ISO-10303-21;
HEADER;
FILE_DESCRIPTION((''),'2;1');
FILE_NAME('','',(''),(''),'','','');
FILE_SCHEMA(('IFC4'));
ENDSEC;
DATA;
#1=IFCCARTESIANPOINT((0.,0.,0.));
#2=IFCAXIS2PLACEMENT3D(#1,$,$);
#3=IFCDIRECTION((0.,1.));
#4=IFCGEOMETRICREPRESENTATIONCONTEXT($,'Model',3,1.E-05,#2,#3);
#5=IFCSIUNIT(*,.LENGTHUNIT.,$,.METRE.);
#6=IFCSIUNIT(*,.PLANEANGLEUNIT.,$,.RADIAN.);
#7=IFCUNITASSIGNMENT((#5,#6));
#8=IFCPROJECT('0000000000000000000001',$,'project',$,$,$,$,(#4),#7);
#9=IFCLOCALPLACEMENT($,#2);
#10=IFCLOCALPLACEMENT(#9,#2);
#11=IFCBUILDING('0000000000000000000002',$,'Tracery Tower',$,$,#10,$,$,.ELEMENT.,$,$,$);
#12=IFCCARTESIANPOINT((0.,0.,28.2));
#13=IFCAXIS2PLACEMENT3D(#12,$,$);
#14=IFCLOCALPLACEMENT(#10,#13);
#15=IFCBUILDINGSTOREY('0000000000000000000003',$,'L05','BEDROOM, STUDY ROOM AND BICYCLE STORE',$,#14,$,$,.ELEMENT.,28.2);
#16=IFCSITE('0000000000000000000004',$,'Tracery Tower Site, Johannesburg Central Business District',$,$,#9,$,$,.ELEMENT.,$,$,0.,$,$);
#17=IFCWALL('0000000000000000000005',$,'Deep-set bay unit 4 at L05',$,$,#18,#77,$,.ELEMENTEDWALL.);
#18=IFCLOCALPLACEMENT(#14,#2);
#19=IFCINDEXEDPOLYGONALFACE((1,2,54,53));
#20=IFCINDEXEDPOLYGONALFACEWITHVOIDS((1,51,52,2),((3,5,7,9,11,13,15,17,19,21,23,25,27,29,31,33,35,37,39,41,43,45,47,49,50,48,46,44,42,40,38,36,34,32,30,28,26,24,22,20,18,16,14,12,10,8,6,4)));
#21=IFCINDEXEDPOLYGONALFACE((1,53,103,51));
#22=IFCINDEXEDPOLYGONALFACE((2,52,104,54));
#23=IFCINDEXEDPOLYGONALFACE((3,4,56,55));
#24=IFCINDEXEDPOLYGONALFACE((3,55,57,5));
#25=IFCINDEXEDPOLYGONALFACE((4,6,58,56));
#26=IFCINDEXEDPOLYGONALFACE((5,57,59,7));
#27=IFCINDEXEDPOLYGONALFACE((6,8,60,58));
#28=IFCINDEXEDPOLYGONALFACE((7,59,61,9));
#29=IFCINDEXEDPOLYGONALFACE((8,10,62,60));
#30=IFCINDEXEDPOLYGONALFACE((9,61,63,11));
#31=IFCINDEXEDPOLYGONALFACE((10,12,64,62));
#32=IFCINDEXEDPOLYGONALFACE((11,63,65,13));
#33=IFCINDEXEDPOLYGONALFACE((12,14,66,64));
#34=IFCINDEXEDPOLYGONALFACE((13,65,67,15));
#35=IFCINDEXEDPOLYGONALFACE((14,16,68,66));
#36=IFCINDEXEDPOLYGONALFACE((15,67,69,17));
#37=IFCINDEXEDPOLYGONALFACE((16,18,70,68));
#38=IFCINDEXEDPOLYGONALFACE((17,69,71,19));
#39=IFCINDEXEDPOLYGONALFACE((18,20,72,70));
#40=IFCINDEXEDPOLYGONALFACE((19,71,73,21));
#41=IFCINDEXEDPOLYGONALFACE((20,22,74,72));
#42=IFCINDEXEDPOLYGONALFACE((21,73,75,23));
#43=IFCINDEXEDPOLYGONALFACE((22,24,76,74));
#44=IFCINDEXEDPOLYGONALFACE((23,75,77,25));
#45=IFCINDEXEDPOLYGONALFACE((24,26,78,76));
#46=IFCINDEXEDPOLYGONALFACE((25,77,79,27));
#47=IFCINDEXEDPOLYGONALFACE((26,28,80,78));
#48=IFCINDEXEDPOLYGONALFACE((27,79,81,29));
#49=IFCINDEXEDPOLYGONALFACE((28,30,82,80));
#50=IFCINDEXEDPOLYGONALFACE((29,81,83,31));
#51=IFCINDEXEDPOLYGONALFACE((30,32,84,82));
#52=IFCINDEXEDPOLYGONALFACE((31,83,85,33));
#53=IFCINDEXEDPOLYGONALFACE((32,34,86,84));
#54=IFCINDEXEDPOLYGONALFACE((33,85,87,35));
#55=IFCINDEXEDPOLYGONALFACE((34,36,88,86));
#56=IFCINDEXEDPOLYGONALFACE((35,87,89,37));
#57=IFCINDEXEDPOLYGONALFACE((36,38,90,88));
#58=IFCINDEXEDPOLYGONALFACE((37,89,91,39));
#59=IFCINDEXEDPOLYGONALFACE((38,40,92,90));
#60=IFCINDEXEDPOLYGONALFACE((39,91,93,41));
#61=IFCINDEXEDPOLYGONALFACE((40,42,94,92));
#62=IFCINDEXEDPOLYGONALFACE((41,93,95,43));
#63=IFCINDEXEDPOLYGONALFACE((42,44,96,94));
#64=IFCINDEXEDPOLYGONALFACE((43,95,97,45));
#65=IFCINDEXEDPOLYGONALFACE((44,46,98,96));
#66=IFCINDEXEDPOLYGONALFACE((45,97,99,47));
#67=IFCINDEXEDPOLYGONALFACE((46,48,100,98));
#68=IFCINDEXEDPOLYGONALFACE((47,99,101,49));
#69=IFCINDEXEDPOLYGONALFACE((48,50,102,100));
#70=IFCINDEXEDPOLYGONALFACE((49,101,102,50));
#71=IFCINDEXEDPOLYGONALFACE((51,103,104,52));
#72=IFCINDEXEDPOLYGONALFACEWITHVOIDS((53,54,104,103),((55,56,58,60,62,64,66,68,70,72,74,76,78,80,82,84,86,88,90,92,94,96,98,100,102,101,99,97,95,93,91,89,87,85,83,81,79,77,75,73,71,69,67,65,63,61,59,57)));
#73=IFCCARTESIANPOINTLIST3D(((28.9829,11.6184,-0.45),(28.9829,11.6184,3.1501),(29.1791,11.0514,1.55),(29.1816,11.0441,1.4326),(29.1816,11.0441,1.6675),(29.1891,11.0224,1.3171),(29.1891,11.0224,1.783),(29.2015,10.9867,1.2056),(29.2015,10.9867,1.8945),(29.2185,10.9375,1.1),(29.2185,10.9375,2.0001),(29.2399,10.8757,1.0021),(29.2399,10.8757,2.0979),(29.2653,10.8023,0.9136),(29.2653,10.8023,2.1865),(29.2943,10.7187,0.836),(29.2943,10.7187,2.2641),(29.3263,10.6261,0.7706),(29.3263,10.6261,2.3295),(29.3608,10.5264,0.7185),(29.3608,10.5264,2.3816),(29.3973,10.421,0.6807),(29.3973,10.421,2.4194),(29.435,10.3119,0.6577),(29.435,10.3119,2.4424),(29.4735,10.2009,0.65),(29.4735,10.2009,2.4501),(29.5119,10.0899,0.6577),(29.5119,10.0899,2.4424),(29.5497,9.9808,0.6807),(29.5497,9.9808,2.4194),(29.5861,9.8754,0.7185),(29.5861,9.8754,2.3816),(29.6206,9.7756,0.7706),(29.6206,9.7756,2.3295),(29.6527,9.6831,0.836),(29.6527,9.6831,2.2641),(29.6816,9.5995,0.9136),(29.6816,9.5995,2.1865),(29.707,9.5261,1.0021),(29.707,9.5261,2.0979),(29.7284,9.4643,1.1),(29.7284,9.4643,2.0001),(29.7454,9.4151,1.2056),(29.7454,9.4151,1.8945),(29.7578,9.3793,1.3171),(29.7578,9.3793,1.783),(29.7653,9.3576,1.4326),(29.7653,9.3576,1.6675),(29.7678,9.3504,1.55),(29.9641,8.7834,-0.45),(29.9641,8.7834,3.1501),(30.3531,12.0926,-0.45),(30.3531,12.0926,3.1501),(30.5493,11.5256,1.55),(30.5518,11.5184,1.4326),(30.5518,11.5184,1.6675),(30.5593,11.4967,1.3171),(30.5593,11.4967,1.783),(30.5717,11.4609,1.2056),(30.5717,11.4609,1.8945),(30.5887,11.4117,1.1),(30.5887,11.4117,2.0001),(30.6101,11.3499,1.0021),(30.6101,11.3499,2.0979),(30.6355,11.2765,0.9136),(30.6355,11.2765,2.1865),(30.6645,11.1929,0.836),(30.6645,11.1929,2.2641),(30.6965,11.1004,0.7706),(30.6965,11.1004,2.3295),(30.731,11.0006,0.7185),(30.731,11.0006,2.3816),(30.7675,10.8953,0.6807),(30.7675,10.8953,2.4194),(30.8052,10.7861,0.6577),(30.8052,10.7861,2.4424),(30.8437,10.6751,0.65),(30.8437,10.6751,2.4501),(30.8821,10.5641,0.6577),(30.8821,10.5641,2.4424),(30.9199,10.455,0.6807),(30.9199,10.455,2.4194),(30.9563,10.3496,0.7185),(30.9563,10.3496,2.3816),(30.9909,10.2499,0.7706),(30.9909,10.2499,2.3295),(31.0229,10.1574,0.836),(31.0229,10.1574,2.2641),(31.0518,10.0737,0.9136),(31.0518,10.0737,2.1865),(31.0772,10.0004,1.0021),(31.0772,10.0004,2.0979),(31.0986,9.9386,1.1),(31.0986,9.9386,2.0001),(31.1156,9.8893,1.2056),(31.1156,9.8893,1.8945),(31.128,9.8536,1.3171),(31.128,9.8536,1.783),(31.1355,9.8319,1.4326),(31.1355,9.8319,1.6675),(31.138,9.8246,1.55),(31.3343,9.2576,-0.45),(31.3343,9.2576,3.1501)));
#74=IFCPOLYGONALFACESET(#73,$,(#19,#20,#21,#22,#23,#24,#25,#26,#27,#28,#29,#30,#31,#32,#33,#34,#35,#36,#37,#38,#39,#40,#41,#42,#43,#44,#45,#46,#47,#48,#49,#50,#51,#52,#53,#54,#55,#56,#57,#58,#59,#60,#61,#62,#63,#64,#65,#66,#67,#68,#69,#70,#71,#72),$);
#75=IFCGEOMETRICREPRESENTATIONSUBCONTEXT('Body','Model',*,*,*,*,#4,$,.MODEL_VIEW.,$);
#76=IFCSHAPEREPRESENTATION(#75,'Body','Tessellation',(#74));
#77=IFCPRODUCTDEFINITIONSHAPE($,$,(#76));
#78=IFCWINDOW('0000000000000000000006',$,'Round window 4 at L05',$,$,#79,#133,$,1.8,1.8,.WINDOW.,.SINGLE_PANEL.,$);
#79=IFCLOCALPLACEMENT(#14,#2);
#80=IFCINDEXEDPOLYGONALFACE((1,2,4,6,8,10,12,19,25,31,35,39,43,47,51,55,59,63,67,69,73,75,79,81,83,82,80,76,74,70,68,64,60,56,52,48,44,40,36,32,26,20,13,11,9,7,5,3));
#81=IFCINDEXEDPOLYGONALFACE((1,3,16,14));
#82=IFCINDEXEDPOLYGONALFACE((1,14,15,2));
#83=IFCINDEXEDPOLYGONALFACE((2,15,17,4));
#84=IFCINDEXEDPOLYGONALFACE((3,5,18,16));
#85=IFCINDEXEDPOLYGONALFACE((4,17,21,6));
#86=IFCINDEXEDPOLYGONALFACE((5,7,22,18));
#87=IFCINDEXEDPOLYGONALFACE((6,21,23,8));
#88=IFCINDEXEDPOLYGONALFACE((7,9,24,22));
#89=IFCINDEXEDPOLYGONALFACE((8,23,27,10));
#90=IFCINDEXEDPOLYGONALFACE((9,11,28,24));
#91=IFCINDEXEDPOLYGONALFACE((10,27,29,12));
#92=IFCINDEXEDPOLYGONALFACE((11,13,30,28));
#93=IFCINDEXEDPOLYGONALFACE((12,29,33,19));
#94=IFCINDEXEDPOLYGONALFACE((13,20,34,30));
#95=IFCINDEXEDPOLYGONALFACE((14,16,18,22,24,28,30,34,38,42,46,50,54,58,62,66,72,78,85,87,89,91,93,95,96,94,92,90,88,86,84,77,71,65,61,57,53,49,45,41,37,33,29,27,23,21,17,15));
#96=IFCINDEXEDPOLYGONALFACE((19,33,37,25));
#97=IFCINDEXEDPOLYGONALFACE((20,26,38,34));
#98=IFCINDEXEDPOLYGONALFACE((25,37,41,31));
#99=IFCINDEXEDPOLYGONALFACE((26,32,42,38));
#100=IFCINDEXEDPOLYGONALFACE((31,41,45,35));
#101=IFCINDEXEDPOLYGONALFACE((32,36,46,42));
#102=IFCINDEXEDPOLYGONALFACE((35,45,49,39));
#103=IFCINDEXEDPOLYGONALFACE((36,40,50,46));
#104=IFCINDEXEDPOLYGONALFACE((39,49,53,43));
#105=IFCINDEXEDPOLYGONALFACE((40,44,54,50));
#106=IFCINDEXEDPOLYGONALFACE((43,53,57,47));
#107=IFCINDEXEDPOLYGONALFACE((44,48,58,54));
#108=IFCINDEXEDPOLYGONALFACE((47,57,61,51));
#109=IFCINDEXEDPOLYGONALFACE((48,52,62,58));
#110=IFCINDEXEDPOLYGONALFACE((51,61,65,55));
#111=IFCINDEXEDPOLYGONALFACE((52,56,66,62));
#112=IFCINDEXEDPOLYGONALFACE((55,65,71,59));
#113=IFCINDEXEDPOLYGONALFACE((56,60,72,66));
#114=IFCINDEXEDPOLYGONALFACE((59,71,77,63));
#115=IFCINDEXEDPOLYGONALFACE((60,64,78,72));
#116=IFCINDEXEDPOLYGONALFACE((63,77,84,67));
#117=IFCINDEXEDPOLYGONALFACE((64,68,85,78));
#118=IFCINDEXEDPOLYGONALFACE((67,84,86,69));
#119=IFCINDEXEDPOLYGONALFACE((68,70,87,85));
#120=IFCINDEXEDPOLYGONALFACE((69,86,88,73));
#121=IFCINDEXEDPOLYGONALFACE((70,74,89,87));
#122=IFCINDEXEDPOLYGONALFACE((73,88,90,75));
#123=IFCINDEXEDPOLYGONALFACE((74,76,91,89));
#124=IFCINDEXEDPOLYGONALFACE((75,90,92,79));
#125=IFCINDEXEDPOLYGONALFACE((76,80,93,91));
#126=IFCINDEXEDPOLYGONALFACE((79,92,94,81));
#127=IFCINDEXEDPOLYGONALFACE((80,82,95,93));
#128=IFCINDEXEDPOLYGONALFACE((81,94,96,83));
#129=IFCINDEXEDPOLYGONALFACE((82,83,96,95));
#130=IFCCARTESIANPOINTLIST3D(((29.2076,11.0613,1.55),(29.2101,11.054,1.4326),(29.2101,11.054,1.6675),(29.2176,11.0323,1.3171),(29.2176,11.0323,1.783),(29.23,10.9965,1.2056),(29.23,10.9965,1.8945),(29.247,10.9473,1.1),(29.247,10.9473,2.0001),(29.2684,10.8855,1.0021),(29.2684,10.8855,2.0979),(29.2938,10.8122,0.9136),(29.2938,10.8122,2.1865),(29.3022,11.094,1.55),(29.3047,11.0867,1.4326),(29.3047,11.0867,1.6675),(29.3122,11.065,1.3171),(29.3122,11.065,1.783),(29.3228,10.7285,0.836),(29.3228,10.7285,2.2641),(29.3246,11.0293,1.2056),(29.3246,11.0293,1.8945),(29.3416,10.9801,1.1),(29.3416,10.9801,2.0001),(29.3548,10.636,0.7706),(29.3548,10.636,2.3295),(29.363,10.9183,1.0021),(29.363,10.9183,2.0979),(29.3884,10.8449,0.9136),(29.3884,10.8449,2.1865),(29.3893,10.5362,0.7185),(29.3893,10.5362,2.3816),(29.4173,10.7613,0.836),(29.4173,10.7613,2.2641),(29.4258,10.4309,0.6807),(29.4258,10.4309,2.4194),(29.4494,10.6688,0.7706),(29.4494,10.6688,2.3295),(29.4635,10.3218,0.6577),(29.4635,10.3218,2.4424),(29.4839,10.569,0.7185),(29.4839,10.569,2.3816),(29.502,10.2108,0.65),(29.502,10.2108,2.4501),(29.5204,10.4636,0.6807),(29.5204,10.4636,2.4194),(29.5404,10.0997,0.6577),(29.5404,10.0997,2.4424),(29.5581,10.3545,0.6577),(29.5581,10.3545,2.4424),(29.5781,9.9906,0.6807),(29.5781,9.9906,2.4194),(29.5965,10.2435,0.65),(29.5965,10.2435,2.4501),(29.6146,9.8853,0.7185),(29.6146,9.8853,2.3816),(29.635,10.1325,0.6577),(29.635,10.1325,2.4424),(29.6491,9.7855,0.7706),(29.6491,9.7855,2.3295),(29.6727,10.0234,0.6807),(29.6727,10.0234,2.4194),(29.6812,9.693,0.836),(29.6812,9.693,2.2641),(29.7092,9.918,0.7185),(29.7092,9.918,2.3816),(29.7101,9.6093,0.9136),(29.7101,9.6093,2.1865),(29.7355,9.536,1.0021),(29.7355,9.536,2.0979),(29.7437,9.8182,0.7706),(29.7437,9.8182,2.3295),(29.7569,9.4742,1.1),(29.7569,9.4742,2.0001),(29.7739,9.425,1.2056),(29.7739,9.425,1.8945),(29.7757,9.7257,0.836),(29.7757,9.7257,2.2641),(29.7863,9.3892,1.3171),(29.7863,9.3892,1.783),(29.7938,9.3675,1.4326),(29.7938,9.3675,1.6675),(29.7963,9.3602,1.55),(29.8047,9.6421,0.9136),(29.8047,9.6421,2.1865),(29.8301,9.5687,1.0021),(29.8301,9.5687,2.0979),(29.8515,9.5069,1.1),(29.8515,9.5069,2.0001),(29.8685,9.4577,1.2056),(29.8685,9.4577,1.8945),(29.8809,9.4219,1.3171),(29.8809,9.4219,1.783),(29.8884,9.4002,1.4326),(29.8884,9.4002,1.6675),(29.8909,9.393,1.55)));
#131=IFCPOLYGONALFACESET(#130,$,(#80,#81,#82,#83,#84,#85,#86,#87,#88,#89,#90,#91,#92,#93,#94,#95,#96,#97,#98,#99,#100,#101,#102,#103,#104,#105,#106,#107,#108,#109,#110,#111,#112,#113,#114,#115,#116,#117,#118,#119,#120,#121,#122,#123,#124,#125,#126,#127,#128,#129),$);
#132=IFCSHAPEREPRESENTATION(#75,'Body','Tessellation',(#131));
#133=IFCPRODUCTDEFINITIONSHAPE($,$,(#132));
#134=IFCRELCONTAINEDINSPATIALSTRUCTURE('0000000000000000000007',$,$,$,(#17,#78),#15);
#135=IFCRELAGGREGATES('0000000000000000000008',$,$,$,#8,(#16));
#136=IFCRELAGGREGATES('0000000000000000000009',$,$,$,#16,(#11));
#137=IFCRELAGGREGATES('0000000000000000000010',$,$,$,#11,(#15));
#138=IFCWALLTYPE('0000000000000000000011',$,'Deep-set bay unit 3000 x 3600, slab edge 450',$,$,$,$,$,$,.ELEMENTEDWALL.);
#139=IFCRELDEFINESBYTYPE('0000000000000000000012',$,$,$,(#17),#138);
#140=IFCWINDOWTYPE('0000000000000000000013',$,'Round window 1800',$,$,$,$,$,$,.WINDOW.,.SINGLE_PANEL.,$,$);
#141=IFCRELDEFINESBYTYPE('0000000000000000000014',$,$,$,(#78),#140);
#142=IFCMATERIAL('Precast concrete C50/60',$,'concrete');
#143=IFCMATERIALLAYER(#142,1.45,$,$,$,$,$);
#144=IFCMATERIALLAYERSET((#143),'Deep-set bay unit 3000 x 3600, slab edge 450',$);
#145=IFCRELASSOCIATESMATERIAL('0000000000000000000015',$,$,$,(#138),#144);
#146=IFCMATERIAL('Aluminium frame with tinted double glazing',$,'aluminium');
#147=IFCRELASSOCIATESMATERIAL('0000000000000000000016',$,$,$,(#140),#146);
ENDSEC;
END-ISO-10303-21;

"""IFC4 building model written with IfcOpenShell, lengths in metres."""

from ifc_helpers import new_model, si_unit, direction, frame, frame_2d, origin, origin_2d, place, context, subcontext, project, spatial, rectangle, circle, extrude, material, layer, layer_set, type_object, element, fill, save


model = new_model("IFC4")

# Units and contexts
model_context = context("Model", 3, precision=1e-05, world=origin(), true_north=direction((0.0, 1.0)))
body_context = subcontext(model_context, "Body", "Model", "MODEL_VIEW")
ifc_project = project(units=[si_unit("LENGTHUNIT", "METRE"), si_unit("PLANEANGLEUNIT", "RADIAN")], contexts=[model_context])

# Site, building, storey
site_placement = place(None, origin())
site = spatial("IfcSite", under=ifc_project, at=site_placement, Name="Tracery Tower Site, Johannesburg Central Business District", CompositionType="ELEMENT", RefElevation=0.0)
building_placement = place(site_placement, origin())
building = spatial("IfcBuilding", under=site, at=building_placement, Name="Tracery Tower", CompositionType="ELEMENT")
storey_placement = place(building_placement, frame((0.0, 0.0, 28.2)))
storey = spatial("IfcBuildingStorey", under=building, at=storey_placement, Name="L05", Description="BEDROOM, STUDY ROOM AND BICYCLE STORE", CompositionType="ELEMENT", Elevation=28.2)

# Wall, opening, window
ifc_material_1 = material(Name="Precast concrete C50/60", Category="concrete")
ifc_layer_1 = layer(ifc_material_1, 1.45)
ifc_layer_set_1 = layer_set([ifc_layer_1], Name="Deep-set bay unit 3000 x 3600, slab edge 450")
wall_type_1 = type_object("IfcWallType", Name="Deep-set bay unit 3000 x 3600, slab edge 450", PredefinedType="ELEMENTEDWALL", material=ifc_layer_set_1)
ifc_material_2 = material(Name="Aluminium frame with tinted double glazing", Category="aluminium")
window_type = type_object("IfcWindowType", Name="Round window 1800", PartitioningType="SINGLE_PANEL", PredefinedType="WINDOW", material=ifc_material_2)
wall_1_placement = place(storey_placement, frame((30.6492, 9.0205, -0.45), z_axis=(0.0, 0.0, 1.0), x_axis=(-0.327071, 0.945, 0.0)))
wall_1 = element("IfcWall", 1, at=wall_1_placement, inside=storey, type_object=wall_type_1, Name="Deep-set bay unit 4 at L05", PredefinedType="ELEMENTEDWALL", context=body_context, shape_type="SweptSolid", body=[
    extrude(rectangle(XDim=3.0, YDim=1.45, at=frame_2d((1.5, 0.0))), origin(), (0.0, 0.0, 1.0), 3.6001),
])
opening_1_placement = place(wall_1_placement, frame((1.5, 0.0, 2.0)))
opening_1 = element("IfcOpeningElement", 2, at=opening_1_placement, cuts=wall_1, PredefinedType="OPENING", context=body_context, shape_type="SweptSolid", body=[
    extrude(circle(Radius=0.9, at=origin_2d()), frame((0.0, 0.7349, 0.0), z_axis=(0.0, -1.0, 0.0), x_axis=(1.0, 0.0, 0.0)), (0.0, 0.0, 1.0), 1.47),
])
window_1_placement = place(opening_1_placement, origin())
window_1 = element("IfcWindow", 3, at=window_1_placement, inside=storey, type_object=window_type, Name="Round window 4 at L05", OverallHeight=1.8, OverallWidth=1.8, PartitioningType="SINGLE_PANEL", PredefinedType="WINDOW", context=body_context, shape_type="SweptSolid", body=[
    extrude(circle(Radius=0.9, at=origin_2d()), frame((0.0, 0.6948, 0.0), z_axis=(0.0, -1.0, 0.0), x_axis=(1.0, 0.0, 0.0)), (0.0, 0.0, 1.0), 0.1001),
])
fill(opening_1, window_1)

save(model, "model.ifc")
